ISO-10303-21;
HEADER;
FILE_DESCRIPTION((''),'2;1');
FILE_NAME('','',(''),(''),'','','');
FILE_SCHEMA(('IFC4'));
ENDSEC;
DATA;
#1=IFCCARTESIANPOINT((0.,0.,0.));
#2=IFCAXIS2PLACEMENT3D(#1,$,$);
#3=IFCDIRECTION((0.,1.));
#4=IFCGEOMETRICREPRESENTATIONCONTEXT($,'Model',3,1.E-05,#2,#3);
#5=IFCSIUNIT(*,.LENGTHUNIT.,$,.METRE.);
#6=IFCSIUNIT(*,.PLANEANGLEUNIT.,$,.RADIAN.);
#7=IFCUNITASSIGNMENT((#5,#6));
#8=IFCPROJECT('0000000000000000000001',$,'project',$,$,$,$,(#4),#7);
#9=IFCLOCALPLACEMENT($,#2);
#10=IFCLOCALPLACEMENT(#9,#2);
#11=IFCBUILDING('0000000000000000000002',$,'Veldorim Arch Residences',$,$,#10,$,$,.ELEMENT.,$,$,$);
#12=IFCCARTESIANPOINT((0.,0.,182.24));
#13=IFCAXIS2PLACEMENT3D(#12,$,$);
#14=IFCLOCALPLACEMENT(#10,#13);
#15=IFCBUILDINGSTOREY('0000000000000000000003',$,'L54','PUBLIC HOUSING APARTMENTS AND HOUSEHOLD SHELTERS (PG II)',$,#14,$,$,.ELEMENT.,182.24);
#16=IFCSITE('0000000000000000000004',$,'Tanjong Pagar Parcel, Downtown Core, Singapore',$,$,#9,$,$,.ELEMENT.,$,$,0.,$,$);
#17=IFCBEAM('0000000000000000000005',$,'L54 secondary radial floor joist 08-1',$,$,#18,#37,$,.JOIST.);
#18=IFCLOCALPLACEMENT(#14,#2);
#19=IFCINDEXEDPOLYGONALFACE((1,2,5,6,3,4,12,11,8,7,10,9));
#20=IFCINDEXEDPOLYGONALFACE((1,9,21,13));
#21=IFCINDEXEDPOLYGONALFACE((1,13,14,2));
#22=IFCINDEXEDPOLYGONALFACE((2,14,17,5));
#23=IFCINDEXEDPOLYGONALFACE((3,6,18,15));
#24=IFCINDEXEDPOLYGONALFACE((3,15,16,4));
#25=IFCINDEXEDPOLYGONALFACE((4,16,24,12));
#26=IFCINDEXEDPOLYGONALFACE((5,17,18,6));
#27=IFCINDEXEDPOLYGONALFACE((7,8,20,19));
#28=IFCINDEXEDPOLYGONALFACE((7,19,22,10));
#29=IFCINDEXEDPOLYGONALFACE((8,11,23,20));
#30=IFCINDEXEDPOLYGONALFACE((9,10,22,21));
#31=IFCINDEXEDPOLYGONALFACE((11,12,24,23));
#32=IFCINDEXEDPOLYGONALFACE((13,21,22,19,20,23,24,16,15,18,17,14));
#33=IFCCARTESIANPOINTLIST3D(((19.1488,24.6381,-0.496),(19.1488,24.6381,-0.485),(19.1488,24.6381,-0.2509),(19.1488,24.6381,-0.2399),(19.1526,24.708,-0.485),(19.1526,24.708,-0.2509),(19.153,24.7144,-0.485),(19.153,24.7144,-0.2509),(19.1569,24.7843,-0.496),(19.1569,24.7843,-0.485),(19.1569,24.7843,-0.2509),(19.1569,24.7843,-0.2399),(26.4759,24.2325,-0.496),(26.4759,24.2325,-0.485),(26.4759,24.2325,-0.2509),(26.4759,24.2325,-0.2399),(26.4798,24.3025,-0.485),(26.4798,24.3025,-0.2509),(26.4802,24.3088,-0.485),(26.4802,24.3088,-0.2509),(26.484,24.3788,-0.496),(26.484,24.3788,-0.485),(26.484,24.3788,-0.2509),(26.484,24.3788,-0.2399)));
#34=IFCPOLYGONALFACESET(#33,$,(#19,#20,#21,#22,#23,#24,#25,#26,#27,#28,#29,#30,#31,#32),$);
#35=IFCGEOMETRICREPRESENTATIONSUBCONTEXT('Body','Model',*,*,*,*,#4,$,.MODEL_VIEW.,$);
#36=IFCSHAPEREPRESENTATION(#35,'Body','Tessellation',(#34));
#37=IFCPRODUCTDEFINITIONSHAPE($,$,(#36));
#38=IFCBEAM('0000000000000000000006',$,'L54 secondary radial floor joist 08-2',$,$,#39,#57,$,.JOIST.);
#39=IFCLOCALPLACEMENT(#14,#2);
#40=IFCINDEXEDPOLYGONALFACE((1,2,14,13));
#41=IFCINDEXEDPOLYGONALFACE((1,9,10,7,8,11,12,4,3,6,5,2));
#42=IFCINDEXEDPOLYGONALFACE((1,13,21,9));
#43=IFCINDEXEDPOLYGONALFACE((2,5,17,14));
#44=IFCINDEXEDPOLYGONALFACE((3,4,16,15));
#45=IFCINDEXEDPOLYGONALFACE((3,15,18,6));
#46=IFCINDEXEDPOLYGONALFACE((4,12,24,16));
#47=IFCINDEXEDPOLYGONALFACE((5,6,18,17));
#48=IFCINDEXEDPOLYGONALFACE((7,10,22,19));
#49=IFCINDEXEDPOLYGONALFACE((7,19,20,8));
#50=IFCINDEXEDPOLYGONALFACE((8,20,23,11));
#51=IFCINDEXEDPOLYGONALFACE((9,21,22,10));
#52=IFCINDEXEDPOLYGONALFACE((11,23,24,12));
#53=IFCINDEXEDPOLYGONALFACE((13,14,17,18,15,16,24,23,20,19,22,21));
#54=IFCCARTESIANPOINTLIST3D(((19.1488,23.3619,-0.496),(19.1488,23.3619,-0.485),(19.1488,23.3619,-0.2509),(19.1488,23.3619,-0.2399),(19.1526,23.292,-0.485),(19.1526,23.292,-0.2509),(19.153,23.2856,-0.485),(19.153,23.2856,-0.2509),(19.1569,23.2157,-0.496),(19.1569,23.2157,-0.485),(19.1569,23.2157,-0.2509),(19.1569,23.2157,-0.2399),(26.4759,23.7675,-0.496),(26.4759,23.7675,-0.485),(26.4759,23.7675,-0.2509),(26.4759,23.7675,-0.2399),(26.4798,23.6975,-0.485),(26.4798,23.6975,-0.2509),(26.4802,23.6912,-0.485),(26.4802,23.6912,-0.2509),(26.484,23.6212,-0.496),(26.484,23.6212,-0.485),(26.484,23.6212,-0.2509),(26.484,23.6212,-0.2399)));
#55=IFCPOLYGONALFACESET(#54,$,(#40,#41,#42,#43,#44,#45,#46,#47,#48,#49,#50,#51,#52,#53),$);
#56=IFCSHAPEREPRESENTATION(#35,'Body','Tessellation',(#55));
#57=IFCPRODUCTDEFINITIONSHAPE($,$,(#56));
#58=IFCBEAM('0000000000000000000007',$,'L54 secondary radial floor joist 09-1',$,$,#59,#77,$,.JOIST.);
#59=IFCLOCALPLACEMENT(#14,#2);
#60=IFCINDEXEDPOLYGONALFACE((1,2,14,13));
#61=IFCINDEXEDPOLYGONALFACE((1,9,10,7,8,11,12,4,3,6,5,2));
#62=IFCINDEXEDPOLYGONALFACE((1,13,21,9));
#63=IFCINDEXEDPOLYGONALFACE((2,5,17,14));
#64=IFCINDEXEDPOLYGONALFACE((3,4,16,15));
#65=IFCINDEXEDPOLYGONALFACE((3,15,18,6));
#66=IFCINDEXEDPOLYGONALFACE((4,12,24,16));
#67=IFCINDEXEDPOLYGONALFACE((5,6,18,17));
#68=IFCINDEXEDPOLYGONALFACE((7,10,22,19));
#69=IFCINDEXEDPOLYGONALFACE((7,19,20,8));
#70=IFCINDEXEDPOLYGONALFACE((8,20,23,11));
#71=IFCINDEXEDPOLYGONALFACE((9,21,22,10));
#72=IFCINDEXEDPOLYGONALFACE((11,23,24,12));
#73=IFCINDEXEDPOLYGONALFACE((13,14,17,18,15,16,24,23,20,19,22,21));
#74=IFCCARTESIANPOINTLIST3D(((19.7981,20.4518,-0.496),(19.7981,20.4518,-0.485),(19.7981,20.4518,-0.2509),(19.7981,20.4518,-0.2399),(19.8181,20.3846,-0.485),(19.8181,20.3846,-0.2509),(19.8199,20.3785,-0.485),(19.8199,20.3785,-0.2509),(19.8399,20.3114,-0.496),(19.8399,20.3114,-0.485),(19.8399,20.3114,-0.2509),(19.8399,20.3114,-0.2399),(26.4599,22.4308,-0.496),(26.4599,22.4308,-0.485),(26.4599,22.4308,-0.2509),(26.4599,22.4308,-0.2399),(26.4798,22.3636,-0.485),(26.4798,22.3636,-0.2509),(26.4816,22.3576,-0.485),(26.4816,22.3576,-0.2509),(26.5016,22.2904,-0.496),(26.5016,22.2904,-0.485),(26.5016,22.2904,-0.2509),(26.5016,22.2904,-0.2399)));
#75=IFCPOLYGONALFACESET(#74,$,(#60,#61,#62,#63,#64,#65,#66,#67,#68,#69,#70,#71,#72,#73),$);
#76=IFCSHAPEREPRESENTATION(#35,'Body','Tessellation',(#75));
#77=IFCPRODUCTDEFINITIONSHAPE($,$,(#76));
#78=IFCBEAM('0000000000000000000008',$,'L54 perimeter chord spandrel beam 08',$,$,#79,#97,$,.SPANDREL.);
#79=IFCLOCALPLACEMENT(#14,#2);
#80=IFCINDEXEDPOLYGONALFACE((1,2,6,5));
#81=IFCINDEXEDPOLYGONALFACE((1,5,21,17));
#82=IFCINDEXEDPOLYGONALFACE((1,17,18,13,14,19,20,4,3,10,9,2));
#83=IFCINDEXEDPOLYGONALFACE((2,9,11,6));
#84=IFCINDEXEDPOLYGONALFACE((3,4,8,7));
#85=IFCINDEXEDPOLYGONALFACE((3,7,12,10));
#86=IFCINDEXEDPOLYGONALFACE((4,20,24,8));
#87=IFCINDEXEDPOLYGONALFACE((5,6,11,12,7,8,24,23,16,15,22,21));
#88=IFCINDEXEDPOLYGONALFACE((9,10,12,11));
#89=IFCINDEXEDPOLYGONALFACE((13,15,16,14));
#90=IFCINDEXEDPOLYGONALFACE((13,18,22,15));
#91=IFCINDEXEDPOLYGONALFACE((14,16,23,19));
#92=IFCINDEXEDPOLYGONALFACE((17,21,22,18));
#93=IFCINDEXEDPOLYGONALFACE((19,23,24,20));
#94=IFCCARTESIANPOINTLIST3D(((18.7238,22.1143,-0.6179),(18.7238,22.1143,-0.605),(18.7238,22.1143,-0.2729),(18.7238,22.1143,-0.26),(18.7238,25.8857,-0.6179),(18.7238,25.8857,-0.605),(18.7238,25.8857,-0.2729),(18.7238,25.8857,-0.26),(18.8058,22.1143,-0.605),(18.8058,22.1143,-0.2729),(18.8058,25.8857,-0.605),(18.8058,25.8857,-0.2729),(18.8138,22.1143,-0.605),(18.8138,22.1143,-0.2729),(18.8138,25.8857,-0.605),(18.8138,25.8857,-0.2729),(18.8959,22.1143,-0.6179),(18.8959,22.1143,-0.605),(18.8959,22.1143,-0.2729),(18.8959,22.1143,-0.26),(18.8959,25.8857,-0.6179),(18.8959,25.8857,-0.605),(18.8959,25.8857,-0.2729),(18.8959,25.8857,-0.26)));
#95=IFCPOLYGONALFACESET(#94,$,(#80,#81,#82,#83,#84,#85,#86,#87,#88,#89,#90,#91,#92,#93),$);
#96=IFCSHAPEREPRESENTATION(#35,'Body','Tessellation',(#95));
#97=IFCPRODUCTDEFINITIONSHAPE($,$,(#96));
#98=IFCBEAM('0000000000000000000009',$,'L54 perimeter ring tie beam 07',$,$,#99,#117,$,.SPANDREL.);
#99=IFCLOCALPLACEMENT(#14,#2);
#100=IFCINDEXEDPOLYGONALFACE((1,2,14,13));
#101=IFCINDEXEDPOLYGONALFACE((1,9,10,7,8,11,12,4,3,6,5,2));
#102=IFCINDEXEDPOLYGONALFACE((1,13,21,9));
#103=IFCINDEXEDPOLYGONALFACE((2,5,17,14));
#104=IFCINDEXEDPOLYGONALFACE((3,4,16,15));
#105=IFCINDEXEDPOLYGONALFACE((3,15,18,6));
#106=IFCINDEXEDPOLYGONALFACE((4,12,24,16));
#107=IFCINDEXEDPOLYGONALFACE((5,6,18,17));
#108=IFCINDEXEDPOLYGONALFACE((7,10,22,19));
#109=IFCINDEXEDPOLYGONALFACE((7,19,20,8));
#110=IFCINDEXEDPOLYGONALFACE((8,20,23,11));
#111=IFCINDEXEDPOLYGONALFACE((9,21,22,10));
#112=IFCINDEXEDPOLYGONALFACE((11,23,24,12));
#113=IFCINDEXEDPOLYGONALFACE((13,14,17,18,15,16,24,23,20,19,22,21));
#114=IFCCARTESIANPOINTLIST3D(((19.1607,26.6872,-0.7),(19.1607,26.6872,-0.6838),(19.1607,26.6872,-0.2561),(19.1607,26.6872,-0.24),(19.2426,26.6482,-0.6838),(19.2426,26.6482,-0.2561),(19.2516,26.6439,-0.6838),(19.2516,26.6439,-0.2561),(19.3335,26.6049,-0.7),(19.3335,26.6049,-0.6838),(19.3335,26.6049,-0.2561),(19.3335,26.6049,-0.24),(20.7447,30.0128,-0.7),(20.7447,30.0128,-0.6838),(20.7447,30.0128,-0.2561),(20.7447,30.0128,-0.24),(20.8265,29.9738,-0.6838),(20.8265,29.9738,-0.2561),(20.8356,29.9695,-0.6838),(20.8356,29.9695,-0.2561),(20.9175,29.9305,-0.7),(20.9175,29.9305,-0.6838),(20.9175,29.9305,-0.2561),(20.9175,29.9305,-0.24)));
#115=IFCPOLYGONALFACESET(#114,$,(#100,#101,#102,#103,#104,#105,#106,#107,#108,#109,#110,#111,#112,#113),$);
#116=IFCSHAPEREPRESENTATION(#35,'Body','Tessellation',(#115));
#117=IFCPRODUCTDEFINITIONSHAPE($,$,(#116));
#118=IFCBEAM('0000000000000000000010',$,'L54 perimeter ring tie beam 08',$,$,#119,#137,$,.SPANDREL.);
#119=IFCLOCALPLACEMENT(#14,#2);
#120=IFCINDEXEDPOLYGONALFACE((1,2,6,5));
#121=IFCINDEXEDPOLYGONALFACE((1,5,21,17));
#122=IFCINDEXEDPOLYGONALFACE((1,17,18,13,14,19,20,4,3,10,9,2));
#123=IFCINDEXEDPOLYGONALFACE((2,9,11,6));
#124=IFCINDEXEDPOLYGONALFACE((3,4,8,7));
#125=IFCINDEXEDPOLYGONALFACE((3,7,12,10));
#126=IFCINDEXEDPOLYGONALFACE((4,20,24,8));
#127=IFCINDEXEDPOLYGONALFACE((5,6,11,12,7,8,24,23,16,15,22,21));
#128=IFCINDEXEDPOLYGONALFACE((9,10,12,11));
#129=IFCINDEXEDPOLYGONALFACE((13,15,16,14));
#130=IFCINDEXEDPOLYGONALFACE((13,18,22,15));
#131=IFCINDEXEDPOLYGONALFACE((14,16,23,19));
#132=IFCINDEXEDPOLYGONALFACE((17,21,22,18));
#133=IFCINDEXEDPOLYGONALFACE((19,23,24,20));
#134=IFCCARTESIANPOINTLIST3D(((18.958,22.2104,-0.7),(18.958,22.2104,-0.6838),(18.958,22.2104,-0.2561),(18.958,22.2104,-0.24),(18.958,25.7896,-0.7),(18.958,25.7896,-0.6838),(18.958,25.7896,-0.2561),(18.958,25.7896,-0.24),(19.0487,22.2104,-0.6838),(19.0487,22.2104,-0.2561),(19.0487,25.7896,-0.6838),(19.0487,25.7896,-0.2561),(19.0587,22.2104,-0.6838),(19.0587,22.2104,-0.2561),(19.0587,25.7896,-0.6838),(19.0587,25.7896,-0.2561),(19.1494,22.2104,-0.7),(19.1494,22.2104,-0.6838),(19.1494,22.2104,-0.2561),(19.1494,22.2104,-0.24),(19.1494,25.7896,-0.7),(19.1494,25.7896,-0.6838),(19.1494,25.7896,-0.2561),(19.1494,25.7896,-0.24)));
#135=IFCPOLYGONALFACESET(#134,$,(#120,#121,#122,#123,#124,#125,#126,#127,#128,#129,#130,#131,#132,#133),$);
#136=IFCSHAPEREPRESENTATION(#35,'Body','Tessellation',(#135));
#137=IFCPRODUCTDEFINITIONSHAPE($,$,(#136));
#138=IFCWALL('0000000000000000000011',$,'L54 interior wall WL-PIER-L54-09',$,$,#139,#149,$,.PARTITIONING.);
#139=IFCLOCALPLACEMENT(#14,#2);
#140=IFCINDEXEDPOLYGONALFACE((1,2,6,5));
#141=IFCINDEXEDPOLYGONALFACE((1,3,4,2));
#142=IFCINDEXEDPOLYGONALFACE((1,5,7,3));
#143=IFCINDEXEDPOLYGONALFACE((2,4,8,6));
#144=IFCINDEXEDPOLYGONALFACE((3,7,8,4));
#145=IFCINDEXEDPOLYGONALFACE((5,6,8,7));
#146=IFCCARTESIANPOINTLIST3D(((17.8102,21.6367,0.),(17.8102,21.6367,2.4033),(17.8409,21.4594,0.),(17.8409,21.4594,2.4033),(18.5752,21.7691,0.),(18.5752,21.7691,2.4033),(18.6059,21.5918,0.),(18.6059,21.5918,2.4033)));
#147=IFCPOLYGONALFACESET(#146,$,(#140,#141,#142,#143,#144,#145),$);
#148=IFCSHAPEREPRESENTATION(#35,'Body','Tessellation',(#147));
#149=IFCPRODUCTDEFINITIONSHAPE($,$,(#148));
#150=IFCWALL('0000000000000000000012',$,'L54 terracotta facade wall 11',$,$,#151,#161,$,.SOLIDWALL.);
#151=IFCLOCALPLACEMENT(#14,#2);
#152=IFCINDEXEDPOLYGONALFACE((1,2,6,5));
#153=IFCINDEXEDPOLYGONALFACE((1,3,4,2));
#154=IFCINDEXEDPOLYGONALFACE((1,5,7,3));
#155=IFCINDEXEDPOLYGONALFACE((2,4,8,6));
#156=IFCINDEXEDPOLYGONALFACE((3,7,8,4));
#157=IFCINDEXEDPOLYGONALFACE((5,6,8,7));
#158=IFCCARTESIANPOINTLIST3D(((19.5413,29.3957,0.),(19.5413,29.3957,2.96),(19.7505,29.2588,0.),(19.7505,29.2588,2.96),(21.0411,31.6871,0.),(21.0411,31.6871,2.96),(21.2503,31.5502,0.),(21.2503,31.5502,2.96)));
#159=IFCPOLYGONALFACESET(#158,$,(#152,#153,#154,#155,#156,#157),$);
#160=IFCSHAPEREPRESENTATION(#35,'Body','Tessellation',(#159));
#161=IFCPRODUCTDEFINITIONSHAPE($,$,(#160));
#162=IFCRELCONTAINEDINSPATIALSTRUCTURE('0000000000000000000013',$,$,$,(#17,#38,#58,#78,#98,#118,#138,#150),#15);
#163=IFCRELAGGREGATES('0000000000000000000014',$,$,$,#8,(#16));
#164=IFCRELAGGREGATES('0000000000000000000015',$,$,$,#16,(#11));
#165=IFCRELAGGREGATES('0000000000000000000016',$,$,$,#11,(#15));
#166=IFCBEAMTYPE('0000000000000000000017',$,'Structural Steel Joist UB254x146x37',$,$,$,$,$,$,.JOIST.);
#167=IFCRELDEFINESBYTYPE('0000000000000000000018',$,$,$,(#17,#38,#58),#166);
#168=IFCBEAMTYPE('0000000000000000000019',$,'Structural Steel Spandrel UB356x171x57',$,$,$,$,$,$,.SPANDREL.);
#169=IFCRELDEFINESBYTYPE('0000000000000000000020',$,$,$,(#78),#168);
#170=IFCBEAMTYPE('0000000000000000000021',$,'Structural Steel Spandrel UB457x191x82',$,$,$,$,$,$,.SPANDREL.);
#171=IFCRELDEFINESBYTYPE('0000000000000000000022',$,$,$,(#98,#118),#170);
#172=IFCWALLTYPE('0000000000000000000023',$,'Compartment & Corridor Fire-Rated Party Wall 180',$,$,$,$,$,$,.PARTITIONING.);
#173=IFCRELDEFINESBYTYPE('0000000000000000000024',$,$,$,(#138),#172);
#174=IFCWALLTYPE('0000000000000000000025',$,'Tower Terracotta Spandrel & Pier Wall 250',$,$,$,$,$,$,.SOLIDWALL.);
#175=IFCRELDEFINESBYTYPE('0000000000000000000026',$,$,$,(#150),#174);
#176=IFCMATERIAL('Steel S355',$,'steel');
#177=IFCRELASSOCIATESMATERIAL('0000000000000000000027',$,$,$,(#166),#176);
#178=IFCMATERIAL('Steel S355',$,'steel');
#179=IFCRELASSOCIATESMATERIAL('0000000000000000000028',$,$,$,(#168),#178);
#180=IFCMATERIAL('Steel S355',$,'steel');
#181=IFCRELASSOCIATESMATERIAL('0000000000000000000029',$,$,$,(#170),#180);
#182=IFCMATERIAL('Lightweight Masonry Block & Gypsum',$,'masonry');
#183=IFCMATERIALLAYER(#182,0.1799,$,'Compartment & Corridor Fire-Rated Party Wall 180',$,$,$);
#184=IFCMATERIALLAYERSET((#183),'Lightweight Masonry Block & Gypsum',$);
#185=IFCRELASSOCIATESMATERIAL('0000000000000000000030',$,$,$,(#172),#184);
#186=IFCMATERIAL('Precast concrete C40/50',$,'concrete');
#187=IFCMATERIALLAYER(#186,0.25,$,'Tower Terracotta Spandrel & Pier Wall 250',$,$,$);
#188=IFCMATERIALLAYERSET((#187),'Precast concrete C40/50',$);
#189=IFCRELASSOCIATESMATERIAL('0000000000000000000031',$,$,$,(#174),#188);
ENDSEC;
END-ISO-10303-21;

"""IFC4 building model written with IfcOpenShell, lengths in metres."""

from ifc_helpers import new_model, si_unit, direction, frame, frame_2d, origin, origin_2d, place, context, subcontext, project, spatial, rectangle, i_section, extrude, material, layer, layer_set, material_profile, profile_set, type_object, element, save


model = new_model("IFC4")

# Units and contexts
model_context = context("Model", 3, precision=1e-05, world=origin(), true_north=direction((0.0, 1.0)))
body_context = subcontext(model_context, "Body", "Model", "MODEL_VIEW")
ifc_project = project(units=[si_unit("LENGTHUNIT", "METRE"), si_unit("PLANEANGLEUNIT", "RADIAN")], contexts=[model_context])

# Site, building, storey
site_placement = place(None, origin())
site = spatial("IfcSite", under=ifc_project, at=site_placement, Name="Tanjong Pagar Parcel, Downtown Core, Singapore", CompositionType="ELEMENT", RefElevation=0.0)
building_placement = place(site_placement, origin())
building = spatial("IfcBuilding", under=site, at=building_placement, Name="Veldorim Arch Residences", CompositionType="ELEMENT")
storey_placement = place(building_placement, frame((0.0, 0.0, 182.24)))
storey = spatial("IfcBuildingStorey", under=building, at=storey_placement, Name="L54", Description="PUBLIC HOUSING APARTMENTS AND HOUSEHOLD SHELTERS (PG II)", CompositionType="ELEMENT", Elevation=182.24)

# Beams
ifc_material_1 = material(Name="Steel S355", Category="steel")
ifc_material_profile_1 = material_profile(ifc_material_1, i_section(OverallWidth=0.1465, OverallDepth=0.2561, WebThickness=0.0063, FlangeThickness=0.011, at=origin_2d()), Name="UB254x146x37")
ifc_profile_set_1 = profile_set([ifc_material_profile_1], Name="Steel S355")
beam_type_1 = type_object("IfcBeamType", Name="Structural Steel Joist UB254x146x37", PredefinedType="JOIST", material=ifc_profile_set_1)
for number, where, z_axis, x_axis, name in (
    (1, (26.48, 24.3057, -0.3679), (-0.998472, 0.05526, 0.0), (-0.05526, -0.998472, 0.0), "L54 secondary radial floor joist 08-1"),
    (2, (26.48, 23.6943, -0.3679), (-0.998472, -0.05526, 0.0), (0.05526, -0.998472, 0.0), "L54 secondary radial floor joist 08-2"),
):
    element("IfcBeam", number, at=place(storey_placement, frame(where, z_axis=z_axis, x_axis=x_axis)), inside=storey, type_object=beam_type_1, Name=name, PredefinedType="JOIST", context=body_context, shape_type="SweptSolid", body=[
        extrude(i_section(OverallWidth=0.1465, OverallDepth=0.2561, WebThickness=0.0063, FlangeThickness=0.011, at=origin_2d()), origin(), (0.0, 0.0, 1.0), 7.3384),
    ])
beam_1_placement = place(storey_placement, frame((26.4807, 22.3606, -0.3679), z_axis=(-0.958594, -0.284775, 0.0), x_axis=(0.284775, -0.958594, 0.0)))
element("IfcBeam", 3, at=beam_1_placement, inside=storey, type_object=beam_type_1, Name="L54 secondary radial floor joist 09-1", PredefinedType="JOIST", context=body_context, shape_type="SweptSolid", body=[
    extrude(i_section(OverallWidth=0.1465, OverallDepth=0.2561, WebThickness=0.0063, FlangeThickness=0.011, at=origin_2d()), origin(), (0.0, 0.0, 1.0), 6.9495),
])
ifc_material_2 = material(Name="Steel S355", Category="steel")
ifc_material_profile_2 = material_profile(ifc_material_2, i_section(OverallWidth=0.1721, OverallDepth=0.3579, WebThickness=0.0081, FlangeThickness=0.0129, at=origin_2d()), Name="UB356x171x57")
ifc_profile_set_2 = profile_set([ifc_material_profile_2], Name="Steel S355")
beam_type_2 = type_object("IfcBeamType", Name="Structural Steel Spandrel UB356x171x57", PredefinedType="SPANDREL", material=ifc_profile_set_2)
beam_2_placement = place(storey_placement, frame((18.8098, 25.8857, -0.439), z_axis=(0.0, -1.0, 0.0), x_axis=(1.0, 0.0, 0.0)))
element("IfcBeam", 4, at=beam_2_placement, inside=storey, type_object=beam_type_2, Name="L54 perimeter chord spandrel beam 08", PredefinedType="SPANDREL", context=body_context, shape_type="SweptSolid", body=[
    extrude(i_section(OverallWidth=0.1721, OverallDepth=0.3579, WebThickness=0.0081, FlangeThickness=0.0129, at=origin_2d()), origin(), (0.0, 0.0, 1.0), 3.7715),
])
ifc_material_3 = material(Name="Steel S355", Category="steel")
ifc_material_profile_3 = material_profile(ifc_material_3, i_section(OverallWidth=0.1914, OverallDepth=0.46, WebThickness=0.01, FlangeThickness=0.0161, at=origin_2d()), Name="UB457x191x82")
ifc_profile_set_3 = profile_set([ifc_material_profile_3], Name="Steel S355")
beam_type_3 = type_object("IfcBeamType", Name="Structural Steel Spandrel UB457x191x82", PredefinedType="SPANDREL", material=ifc_profile_set_3)
beam_3_placement = place(storey_placement, frame((20.8311, 29.9717, -0.47), z_axis=(-0.430006, -0.902826, 0.0), x_axis=(0.902826, -0.430006, 0.0)))
element("IfcBeam", 5, at=beam_3_placement, inside=storey, type_object=beam_type_3, Name="L54 perimeter ring tie beam 07", PredefinedType="SPANDREL", context=body_context, shape_type="SweptSolid", body=[
    extrude(i_section(OverallWidth=0.1914, OverallDepth=0.46, WebThickness=0.01, FlangeThickness=0.0161, at=origin_2d()), origin(), (0.0, 0.0, 1.0), 3.6836),
])
beam_4_placement = place(storey_placement, frame((19.0537, 25.7896, -0.47), z_axis=(0.0, -1.0, 0.0), x_axis=(1.0, 0.0, 0.0)))
element("IfcBeam", 6, at=beam_4_placement, inside=storey, type_object=beam_type_3, Name="L54 perimeter ring tie beam 08", PredefinedType="SPANDREL", context=body_context, shape_type="SweptSolid", body=[
    extrude(i_section(OverallWidth=0.1914, OverallDepth=0.46, WebThickness=0.01, FlangeThickness=0.0161, at=origin_2d()), origin(), (0.0, 0.0, 1.0), 3.5791),
])

# Walls
ifc_material_4 = material(Name="Lightweight Masonry Block & Gypsum", Category="masonry")
ifc_layer_1 = layer(ifc_material_4, 0.1799, Name="Compartment & Corridor Fire-Rated Party Wall 180")
ifc_layer_set_1 = layer_set([ifc_layer_1], Name="Lightweight Masonry Block & Gypsum")
wall_type_1 = type_object("IfcWallType", Name="Compartment & Corridor Fire-Rated Party Wall 180", PredefinedType="PARTITIONING", material=ifc_layer_set_1)
wall_1_placement = place(storey_placement, frame((18.5906, 21.6804, 0.0), z_axis=(0.0, 0.0, 1.0), x_axis=(-0.985364, -0.170465, 0.0)))
element("IfcWall", 7, at=wall_1_placement, inside=storey, type_object=wall_type_1, Name="L54 interior wall WL-PIER-L54-09", PredefinedType="PARTITIONING", context=body_context, shape_type="SweptSolid", body=[
    extrude(rectangle(XDim=0.7764, YDim=0.1799, at=frame_2d((0.3882, 0.0))), origin(), (0.0, 0.0, 1.0), 2.4033),
])
ifc_material_5 = material(Name="Precast concrete C40/50", Category="concrete")
ifc_layer_2 = layer(ifc_material_5, 0.25, Name="Tower Terracotta Spandrel & Pier Wall 250")
ifc_layer_set_2 = layer_set([ifc_layer_2], Name="Precast concrete C40/50")
wall_type_2 = type_object("IfcWallType", Name="Tower Terracotta Spandrel & Pier Wall 250", PredefinedType="SOLIDWALL", material=ifc_layer_set_2)
wall_2_placement = place(storey_placement, frame((19.646, 29.3274, 0.0), z_axis=(0.0, 0.0, 1.0), x_axis=(0.547665, 0.836698, 0.0)))
element("IfcWall", 8, at=wall_2_placement, inside=storey, type_object=wall_type_2, Name="L54 terracotta facade wall 11", PredefinedType="SOLIDWALL", context=body_context, shape_type="SweptSolid", body=[
    extrude(rectangle(XDim=2.7385, YDim=0.25, at=frame_2d((1.3691, 0.0))), origin(), (0.0, 0.0, 1.0), 2.96),
])

save(model, "model.ifc")
